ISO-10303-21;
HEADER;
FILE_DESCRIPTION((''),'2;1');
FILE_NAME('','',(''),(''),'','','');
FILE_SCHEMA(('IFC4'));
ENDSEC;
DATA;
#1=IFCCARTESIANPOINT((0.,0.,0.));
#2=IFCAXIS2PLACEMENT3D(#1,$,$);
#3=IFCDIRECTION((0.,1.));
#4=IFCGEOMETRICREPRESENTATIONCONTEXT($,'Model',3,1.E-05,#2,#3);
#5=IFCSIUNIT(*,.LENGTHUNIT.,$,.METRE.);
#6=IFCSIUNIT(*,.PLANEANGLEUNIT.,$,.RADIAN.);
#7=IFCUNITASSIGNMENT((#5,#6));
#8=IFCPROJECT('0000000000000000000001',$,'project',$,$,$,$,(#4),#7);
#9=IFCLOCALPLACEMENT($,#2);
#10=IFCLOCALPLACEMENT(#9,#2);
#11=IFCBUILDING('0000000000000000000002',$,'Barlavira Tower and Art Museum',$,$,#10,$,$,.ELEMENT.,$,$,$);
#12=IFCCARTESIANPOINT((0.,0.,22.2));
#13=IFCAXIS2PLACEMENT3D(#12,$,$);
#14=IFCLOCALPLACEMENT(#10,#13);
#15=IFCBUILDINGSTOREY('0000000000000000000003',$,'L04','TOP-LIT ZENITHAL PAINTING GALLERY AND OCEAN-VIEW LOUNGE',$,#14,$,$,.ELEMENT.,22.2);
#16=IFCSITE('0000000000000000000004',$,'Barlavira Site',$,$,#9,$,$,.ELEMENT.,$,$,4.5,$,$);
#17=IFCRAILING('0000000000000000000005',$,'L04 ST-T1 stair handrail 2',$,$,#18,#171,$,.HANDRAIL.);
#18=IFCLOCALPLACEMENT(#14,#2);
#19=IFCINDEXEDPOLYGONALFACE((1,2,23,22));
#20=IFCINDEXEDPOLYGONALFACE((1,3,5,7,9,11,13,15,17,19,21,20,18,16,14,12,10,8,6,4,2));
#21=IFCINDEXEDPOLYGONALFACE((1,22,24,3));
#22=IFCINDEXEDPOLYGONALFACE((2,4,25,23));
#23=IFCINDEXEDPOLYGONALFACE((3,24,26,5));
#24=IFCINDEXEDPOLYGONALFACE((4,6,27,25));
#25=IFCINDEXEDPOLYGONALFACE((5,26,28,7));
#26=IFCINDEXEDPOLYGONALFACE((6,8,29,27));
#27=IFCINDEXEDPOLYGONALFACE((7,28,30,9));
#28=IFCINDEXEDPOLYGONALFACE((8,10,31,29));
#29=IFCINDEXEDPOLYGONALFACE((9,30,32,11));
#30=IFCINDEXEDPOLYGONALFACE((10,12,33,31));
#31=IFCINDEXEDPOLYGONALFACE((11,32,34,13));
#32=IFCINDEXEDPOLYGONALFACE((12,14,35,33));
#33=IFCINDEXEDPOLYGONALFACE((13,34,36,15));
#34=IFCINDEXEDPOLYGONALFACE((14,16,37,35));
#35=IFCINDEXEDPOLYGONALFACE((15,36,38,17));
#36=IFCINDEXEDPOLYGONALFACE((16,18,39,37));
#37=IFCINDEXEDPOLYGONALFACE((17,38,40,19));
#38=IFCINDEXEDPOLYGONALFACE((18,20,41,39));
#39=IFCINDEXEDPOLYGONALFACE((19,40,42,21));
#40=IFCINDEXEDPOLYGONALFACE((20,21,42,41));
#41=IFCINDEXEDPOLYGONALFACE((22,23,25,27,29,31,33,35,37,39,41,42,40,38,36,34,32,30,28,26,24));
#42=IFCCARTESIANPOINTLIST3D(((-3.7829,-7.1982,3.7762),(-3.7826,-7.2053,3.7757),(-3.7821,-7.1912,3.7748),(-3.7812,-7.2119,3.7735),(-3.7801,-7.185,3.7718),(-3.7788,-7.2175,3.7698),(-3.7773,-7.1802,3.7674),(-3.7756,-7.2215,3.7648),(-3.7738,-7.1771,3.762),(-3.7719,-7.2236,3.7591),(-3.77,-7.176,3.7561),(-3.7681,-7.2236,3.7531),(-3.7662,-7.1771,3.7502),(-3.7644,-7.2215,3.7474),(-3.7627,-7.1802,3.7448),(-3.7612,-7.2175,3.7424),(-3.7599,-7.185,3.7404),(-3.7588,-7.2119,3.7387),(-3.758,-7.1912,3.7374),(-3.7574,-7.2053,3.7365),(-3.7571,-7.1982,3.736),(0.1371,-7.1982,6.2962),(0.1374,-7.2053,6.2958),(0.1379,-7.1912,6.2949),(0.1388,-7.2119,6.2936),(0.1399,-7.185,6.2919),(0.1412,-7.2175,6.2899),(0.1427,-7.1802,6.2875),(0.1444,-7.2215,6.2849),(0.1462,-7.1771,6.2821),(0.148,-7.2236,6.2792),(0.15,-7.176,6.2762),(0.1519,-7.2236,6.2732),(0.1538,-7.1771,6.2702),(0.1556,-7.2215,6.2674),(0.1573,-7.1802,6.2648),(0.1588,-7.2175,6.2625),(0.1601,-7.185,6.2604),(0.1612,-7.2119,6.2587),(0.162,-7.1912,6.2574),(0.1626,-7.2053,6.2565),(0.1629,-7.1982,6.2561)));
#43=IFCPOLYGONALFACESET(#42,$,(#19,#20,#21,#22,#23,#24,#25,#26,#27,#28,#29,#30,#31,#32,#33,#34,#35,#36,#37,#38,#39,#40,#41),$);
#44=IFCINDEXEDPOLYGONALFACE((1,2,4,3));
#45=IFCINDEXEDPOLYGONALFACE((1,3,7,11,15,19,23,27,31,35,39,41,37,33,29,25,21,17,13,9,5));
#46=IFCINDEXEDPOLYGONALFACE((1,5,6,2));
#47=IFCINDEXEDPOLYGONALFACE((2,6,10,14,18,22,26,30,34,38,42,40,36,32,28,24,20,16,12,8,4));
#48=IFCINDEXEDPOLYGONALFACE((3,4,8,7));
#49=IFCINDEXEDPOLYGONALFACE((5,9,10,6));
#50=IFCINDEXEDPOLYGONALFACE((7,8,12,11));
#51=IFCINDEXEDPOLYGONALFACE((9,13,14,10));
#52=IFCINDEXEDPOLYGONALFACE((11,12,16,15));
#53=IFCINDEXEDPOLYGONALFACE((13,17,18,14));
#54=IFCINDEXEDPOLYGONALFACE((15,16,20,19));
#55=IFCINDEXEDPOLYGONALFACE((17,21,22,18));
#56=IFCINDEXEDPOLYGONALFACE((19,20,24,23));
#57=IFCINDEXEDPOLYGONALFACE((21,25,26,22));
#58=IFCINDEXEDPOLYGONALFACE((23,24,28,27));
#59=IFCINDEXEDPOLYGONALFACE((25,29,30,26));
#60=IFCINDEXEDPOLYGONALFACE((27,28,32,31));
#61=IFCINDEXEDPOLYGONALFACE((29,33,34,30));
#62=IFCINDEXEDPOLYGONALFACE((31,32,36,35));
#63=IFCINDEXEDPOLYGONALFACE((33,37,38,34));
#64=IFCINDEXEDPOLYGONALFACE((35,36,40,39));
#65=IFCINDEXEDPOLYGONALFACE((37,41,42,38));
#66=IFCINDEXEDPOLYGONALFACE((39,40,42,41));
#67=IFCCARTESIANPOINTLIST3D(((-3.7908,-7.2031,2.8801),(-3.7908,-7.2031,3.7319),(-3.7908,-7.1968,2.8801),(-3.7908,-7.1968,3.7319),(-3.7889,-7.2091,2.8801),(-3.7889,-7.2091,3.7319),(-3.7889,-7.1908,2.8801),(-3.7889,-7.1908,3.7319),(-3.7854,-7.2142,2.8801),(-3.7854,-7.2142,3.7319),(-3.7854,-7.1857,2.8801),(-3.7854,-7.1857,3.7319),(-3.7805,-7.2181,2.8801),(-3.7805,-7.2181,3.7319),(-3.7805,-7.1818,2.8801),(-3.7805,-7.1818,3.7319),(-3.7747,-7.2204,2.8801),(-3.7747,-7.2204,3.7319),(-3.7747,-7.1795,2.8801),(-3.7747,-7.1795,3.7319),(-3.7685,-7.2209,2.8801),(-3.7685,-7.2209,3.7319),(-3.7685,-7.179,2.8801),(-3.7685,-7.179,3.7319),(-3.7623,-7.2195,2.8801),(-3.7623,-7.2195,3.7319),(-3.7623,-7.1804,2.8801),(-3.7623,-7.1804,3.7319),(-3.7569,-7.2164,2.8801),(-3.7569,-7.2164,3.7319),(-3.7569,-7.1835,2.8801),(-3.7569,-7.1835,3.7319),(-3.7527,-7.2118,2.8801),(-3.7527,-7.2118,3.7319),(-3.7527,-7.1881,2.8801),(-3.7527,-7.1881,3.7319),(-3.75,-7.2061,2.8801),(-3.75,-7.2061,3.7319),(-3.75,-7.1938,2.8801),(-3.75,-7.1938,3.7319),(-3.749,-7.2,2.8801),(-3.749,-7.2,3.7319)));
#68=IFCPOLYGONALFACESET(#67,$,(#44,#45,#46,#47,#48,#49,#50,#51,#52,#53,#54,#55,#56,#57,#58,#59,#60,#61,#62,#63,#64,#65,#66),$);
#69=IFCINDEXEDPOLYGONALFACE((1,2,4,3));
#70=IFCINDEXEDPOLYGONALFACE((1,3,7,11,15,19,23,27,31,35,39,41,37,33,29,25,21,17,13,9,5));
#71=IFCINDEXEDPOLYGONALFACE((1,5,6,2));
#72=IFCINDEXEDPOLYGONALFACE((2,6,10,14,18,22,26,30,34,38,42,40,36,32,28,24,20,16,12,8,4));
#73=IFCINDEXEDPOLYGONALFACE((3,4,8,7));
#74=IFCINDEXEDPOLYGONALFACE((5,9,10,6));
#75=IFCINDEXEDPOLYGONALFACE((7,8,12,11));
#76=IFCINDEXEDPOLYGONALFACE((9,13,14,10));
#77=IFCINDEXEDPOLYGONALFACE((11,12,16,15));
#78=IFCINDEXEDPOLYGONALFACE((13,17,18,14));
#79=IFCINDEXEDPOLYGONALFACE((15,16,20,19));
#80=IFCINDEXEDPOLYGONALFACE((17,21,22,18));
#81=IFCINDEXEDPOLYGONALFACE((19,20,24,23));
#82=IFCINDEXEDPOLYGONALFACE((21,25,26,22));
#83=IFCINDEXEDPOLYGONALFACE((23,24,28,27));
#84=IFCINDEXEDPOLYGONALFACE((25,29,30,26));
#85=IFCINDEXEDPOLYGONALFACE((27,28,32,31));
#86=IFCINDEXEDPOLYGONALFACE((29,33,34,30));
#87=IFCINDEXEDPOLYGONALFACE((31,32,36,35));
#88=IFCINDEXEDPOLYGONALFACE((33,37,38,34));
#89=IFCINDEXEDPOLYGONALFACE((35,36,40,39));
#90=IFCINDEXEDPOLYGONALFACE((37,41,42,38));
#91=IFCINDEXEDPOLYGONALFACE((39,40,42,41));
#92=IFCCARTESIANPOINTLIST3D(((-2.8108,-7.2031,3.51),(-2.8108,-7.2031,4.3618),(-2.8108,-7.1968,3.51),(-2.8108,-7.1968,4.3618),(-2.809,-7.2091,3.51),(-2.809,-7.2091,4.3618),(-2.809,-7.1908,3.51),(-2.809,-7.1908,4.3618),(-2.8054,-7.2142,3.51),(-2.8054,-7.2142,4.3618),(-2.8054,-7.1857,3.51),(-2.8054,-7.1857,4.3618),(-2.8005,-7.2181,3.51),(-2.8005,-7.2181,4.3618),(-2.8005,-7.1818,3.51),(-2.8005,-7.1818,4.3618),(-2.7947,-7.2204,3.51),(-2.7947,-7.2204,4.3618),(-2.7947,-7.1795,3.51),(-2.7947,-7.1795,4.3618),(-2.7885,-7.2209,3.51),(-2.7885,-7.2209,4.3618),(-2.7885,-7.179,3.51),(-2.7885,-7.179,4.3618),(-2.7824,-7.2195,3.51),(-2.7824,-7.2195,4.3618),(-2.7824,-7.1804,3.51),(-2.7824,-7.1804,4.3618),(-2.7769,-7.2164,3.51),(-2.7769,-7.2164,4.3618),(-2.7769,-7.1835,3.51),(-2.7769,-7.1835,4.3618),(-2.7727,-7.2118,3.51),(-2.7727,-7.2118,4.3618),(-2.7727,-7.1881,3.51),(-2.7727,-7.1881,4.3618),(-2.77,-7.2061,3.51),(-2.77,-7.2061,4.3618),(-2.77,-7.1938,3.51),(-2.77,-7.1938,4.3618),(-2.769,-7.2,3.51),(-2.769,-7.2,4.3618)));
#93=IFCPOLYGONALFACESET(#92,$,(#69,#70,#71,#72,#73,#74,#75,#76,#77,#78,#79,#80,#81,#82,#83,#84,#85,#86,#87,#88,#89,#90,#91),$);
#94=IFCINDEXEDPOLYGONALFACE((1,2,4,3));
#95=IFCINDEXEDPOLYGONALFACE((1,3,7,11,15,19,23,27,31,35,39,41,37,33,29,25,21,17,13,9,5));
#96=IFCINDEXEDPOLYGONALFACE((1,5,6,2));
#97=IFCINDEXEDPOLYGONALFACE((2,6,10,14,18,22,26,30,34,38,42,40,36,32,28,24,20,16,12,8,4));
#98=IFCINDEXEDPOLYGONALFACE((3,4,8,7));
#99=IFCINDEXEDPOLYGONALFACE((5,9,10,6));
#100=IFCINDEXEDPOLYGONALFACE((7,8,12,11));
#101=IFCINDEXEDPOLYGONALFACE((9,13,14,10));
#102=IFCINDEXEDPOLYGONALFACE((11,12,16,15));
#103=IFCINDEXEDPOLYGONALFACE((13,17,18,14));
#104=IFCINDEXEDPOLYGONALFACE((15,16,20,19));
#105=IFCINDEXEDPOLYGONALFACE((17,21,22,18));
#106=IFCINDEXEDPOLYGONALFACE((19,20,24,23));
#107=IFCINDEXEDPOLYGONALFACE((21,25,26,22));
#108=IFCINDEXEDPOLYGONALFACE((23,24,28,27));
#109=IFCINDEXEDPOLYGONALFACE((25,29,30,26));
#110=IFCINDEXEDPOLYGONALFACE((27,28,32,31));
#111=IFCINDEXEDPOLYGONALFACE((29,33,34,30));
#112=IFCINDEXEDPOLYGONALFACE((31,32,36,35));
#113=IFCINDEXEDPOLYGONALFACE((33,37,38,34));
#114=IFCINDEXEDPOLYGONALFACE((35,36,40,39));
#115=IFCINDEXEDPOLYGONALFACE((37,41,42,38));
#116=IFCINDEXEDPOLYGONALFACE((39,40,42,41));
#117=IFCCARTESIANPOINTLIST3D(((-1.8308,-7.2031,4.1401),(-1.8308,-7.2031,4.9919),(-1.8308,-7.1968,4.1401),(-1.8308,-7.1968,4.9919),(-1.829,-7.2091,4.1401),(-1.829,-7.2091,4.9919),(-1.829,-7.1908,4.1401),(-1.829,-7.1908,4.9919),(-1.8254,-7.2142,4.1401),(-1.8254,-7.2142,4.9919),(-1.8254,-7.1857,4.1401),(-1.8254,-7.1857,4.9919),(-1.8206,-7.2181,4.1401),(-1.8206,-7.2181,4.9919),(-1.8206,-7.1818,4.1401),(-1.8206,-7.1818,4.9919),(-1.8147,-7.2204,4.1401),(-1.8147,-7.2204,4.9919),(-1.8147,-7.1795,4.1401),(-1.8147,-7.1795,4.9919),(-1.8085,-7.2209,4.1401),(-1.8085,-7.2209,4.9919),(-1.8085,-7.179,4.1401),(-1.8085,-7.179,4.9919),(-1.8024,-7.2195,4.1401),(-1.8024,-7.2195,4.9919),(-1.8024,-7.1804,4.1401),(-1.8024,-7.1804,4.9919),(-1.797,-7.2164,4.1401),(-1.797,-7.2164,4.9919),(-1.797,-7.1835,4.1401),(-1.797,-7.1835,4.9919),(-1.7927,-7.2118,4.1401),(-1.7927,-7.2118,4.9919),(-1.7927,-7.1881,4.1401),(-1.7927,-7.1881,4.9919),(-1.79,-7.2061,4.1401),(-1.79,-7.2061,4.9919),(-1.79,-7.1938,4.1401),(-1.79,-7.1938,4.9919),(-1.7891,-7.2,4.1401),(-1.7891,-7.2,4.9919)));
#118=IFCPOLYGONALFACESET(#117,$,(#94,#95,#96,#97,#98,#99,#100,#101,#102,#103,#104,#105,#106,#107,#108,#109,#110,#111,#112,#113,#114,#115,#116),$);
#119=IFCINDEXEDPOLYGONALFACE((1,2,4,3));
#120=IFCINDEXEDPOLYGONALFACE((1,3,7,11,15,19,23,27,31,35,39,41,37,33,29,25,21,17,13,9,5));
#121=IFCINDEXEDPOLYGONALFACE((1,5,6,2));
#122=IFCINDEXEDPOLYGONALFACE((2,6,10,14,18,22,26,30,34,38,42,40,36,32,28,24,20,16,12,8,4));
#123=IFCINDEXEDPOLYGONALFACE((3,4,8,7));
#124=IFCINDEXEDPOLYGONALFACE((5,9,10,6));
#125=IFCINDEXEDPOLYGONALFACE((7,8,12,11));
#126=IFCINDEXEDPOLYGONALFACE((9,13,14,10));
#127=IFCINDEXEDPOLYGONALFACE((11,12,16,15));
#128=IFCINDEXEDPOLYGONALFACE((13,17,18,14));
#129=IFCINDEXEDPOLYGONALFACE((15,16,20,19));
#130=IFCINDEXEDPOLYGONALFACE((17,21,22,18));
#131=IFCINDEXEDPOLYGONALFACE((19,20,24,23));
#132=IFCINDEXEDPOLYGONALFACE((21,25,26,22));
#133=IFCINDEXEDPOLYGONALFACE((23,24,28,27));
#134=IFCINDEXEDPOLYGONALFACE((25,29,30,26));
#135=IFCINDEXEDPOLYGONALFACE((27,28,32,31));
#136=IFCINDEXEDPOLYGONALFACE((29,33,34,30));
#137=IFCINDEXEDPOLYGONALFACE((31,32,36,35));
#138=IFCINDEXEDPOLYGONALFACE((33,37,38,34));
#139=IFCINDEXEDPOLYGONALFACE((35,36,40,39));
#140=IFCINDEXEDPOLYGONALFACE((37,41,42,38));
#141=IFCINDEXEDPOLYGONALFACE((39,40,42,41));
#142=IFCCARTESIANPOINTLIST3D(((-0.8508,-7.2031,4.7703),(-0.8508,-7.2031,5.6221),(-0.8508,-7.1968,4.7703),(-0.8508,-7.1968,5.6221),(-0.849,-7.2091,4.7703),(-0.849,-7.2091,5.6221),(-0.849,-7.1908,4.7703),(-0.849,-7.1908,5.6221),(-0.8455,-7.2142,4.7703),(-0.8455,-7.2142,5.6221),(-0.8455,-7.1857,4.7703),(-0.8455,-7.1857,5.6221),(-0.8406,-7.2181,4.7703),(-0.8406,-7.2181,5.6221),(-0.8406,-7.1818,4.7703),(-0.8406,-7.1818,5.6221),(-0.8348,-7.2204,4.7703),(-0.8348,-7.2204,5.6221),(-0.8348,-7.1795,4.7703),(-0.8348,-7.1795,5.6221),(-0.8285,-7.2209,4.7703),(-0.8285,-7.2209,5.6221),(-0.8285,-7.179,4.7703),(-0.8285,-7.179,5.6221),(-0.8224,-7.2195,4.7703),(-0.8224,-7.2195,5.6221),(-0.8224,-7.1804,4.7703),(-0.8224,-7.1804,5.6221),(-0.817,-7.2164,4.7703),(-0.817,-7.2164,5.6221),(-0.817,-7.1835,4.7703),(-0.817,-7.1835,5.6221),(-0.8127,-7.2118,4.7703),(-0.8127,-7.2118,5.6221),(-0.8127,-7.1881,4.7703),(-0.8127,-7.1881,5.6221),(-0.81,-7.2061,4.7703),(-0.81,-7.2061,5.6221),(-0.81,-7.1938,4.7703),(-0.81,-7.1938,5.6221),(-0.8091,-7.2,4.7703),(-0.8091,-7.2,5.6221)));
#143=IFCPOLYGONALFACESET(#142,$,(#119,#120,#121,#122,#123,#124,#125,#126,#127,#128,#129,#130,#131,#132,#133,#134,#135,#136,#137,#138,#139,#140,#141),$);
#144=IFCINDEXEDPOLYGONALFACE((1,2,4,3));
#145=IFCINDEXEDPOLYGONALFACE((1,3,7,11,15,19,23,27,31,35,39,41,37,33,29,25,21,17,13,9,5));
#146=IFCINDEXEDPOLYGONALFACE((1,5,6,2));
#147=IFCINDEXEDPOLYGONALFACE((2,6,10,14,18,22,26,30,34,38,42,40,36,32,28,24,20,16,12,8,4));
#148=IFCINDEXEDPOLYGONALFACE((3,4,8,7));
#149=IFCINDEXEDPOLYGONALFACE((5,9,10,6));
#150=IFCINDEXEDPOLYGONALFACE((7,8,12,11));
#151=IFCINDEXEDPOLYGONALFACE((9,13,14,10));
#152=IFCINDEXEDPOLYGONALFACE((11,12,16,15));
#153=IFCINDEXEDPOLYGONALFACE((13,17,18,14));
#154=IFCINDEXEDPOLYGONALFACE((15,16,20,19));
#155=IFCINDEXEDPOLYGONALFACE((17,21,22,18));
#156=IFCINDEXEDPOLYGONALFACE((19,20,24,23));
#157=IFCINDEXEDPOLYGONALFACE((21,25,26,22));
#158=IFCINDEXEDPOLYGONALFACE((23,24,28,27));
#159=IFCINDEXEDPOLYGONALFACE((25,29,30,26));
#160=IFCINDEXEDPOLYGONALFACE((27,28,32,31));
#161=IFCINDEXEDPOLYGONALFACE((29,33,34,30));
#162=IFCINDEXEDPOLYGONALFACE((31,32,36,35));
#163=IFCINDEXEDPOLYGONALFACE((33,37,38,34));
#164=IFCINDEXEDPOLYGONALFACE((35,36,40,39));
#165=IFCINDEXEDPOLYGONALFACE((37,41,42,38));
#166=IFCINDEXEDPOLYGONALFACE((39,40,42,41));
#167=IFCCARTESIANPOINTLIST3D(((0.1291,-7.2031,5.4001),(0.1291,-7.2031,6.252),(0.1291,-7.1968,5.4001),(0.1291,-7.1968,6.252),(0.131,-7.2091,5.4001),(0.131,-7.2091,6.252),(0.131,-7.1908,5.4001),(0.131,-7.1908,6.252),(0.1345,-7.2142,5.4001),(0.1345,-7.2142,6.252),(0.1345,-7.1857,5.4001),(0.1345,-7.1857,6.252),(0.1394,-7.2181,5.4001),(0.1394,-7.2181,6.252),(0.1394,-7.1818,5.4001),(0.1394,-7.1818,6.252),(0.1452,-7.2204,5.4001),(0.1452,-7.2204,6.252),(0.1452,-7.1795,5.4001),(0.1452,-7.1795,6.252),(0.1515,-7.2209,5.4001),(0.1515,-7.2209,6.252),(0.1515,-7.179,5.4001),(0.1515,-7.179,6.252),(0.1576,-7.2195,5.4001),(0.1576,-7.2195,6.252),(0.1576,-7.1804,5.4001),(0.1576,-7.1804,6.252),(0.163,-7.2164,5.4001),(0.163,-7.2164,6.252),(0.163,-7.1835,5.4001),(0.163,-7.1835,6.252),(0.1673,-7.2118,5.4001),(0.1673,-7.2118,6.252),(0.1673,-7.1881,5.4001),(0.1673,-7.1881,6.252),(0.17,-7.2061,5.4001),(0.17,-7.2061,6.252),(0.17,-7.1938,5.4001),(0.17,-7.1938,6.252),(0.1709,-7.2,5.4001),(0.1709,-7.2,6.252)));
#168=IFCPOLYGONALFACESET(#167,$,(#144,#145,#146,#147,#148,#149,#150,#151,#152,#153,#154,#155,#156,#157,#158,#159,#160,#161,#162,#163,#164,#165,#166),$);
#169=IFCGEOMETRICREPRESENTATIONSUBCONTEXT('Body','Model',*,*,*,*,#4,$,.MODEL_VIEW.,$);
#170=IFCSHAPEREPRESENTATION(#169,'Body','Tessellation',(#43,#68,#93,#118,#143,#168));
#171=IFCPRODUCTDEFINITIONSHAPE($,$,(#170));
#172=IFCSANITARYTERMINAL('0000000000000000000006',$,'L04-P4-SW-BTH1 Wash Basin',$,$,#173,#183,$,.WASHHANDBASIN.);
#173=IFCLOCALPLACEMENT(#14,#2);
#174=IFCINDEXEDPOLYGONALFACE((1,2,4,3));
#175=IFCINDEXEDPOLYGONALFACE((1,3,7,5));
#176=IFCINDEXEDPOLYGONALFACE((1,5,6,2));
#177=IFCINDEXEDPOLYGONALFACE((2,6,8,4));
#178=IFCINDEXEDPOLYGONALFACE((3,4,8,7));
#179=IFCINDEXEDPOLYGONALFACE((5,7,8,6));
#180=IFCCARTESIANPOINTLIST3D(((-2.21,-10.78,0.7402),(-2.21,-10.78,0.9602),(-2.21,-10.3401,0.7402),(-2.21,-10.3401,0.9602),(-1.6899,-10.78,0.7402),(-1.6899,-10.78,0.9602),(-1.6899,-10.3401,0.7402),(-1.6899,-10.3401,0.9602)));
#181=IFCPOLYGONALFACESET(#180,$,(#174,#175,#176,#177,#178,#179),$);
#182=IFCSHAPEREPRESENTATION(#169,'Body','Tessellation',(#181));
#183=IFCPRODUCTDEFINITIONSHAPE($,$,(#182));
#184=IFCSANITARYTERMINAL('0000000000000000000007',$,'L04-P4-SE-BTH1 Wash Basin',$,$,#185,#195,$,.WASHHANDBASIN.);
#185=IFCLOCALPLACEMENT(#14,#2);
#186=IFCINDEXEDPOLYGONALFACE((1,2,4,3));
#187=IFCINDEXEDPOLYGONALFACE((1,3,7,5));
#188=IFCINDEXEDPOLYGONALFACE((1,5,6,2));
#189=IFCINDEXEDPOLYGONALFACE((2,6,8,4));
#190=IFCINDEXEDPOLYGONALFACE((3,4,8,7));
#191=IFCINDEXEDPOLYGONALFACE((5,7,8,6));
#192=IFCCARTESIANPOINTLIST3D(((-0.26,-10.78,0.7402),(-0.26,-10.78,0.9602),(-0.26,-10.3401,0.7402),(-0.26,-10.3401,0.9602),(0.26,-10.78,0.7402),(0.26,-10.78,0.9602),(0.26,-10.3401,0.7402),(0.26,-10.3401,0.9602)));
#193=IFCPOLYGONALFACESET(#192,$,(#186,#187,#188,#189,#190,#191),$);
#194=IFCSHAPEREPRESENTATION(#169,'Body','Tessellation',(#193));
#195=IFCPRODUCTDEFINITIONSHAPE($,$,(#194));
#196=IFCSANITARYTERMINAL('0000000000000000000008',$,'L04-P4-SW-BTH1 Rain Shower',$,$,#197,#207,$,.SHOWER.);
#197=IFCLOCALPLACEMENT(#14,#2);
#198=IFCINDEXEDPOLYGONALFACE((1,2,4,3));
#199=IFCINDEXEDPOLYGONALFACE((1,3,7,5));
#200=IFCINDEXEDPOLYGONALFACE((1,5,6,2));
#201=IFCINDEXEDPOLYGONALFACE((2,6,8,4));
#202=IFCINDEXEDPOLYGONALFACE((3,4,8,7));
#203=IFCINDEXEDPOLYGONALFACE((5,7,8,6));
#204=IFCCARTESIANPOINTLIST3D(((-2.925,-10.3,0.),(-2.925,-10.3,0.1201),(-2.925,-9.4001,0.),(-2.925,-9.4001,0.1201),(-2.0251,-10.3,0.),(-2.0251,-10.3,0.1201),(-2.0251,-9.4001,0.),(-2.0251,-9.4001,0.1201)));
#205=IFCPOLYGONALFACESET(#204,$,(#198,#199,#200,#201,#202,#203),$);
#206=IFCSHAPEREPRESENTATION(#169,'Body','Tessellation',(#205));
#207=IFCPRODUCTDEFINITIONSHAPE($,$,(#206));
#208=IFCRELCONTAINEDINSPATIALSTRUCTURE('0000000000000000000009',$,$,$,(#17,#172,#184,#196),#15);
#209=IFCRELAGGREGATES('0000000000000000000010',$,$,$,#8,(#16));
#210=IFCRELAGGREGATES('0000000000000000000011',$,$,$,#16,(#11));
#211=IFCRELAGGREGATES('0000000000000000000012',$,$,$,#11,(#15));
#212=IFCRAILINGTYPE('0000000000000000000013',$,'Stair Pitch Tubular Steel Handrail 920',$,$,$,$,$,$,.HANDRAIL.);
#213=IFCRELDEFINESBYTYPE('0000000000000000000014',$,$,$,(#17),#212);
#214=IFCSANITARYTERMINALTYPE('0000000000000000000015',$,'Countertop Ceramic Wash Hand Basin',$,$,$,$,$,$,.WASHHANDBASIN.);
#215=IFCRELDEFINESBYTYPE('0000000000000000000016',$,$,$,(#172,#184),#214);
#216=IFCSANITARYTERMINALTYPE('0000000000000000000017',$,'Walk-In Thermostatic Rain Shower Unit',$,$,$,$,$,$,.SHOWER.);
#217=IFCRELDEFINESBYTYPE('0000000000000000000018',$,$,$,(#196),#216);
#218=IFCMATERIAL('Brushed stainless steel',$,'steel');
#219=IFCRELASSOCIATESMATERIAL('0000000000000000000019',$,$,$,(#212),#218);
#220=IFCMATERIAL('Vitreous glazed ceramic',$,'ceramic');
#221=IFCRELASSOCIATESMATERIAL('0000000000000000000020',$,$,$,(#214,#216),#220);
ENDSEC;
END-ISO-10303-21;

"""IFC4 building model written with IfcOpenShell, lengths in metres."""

from ifc_helpers import new_model, si_unit, direction, frame, origin, origin_2d, place, context, subcontext, project, spatial, rectangle, circle, extrude, material, type_object, element, save


model = new_model("IFC4")

# Units and contexts
model_context = context("Model", 3, precision=1e-05, world=origin(), true_north=direction((0.0, 1.0)))
body_context = subcontext(model_context, "Body", "Model", "MODEL_VIEW")
ifc_project = project(units=[si_unit("LENGTHUNIT", "METRE"), si_unit("PLANEANGLEUNIT", "RADIAN")], contexts=[model_context])

# Site, building, storey
site_placement = place(None, origin())
site = spatial("IfcSite", under=ifc_project, at=site_placement, Name="Barlavira Site", CompositionType="ELEMENT", RefElevation=4.5)
building_placement = place(site_placement, origin())
building = spatial("IfcBuilding", under=site, at=building_placement, Name="Barlavira Tower and Art Museum", CompositionType="ELEMENT")
storey_placement = place(building_placement, frame((0.0, 0.0, 22.2)))
storey = spatial("IfcBuildingStorey", under=building, at=storey_placement, Name="L04", Description="TOP-LIT ZENITHAL PAINTING GALLERY AND OCEAN-VIEW LOUNGE", CompositionType="ELEMENT", Elevation=22.2)

# Shared definitions
ifc_material_1 = material(Name="Brushed stainless steel", Category="steel")

# Railing
railing_type_1 = type_object("IfcRailingType", Name="Stair Pitch Tubular Steel Handrail 920", PredefinedType="HANDRAIL", material=ifc_material_1)
railing_1_placement = place(storey_placement, frame((-3.77, -7.2, 2.8801)))
element("IfcRailing", 1, at=railing_1_placement, inside=storey, type_object=railing_type_1, Name="L04 ST-T1 stair handrail 2", PredefinedType="HANDRAIL", context=body_context, shape_type="SweptSolid", body=[
    extrude(circle(Radius=0.0239, at=origin_2d()), frame((0.0, 0.0, 0.876), z_axis=(0.841172, 0.0, 0.540768), x_axis=(0.0, 1.0, 0.0)), (0.0, 0.0, 1.0), 4.6602),
    extrude(circle(Radius=0.021, at=origin_2d()), origin(), (0.0, 0.0, 1.0), 0.8518),
    extrude(circle(Radius=0.021, at=origin_2d()), frame((0.98, 0.0, 0.6299)), (0.0, 0.0, 1.0), 0.8518),
    extrude(circle(Radius=0.021, at=origin_2d()), frame((1.96, 0.0, 1.26)), (0.0, 0.0, 1.0), 0.8518),
    extrude(circle(Radius=0.021, at=origin_2d()), frame((2.9399, 0.0, 1.8901)), (0.0, 0.0, 1.0), 0.8518),
    extrude(circle(Radius=0.021, at=origin_2d()), frame((3.9199, 0.0, 2.52)), (0.0, 0.0, 1.0), 0.8518),
])

# Sanitary terminals
ifc_material_2 = material(Name="Vitreous glazed ceramic", Category="ceramic")
sanitary_terminal_type_1 = type_object("IfcSanitaryTerminalType", Name="Countertop Ceramic Wash Hand Basin", PredefinedType="WASHHANDBASIN", material=ifc_material_2)
for number, where, z_axis, x_axis, name in (
    (2, (-1.95, -10.5601, 0.7402), (0.0, 0.0, 1.0), (1.0, 0.0, 0.0), "L04-P4-SW-BTH1 Wash Basin"),
    (3, (0.0, -10.5601, 0.7402), (0.0, 0.0, 1.0), (1.0, 0.0, 0.0), "L04-P4-SE-BTH1 Wash Basin"),
):
    element("IfcSanitaryTerminal", number, at=place(storey_placement, frame(where, z_axis=z_axis, x_axis=x_axis)), inside=storey, type_object=sanitary_terminal_type_1, Name=name, PredefinedType="WASHHANDBASIN", context=body_context, shape_type="SweptSolid", body=[
        extrude(rectangle(XDim=0.52, YDim=0.4399, at=origin_2d()), origin(), (0.0, 0.0, 1.0), 0.22),
    ])
sanitary_terminal_type_2 = type_object("IfcSanitaryTerminalType", Name="Walk-In Thermostatic Rain Shower Unit", PredefinedType="SHOWER", material=ifc_material_2)
for number, where, z_axis, x_axis, name in (
    (4, (-2.4751, -9.8501, 0.0), (0.0, 0.0, 1.0), (1.0, 0.0, 0.0), "L04-P4-SW-BTH1 Rain Shower"),
):
    element("IfcSanitaryTerminal", number, at=place(storey_placement, frame(where, z_axis=z_axis, x_axis=x_axis)), inside=storey, type_object=sanitary_terminal_type_2, Name=name, PredefinedType="SHOWER", context=body_context, shape_type="SweptSolid", body=[
        extrude(rectangle(XDim=0.8999, YDim=0.8999, at=origin_2d()), origin(), (0.0, 0.0, 1.0), 0.1201),
    ])

save(model, "model.ifc")
